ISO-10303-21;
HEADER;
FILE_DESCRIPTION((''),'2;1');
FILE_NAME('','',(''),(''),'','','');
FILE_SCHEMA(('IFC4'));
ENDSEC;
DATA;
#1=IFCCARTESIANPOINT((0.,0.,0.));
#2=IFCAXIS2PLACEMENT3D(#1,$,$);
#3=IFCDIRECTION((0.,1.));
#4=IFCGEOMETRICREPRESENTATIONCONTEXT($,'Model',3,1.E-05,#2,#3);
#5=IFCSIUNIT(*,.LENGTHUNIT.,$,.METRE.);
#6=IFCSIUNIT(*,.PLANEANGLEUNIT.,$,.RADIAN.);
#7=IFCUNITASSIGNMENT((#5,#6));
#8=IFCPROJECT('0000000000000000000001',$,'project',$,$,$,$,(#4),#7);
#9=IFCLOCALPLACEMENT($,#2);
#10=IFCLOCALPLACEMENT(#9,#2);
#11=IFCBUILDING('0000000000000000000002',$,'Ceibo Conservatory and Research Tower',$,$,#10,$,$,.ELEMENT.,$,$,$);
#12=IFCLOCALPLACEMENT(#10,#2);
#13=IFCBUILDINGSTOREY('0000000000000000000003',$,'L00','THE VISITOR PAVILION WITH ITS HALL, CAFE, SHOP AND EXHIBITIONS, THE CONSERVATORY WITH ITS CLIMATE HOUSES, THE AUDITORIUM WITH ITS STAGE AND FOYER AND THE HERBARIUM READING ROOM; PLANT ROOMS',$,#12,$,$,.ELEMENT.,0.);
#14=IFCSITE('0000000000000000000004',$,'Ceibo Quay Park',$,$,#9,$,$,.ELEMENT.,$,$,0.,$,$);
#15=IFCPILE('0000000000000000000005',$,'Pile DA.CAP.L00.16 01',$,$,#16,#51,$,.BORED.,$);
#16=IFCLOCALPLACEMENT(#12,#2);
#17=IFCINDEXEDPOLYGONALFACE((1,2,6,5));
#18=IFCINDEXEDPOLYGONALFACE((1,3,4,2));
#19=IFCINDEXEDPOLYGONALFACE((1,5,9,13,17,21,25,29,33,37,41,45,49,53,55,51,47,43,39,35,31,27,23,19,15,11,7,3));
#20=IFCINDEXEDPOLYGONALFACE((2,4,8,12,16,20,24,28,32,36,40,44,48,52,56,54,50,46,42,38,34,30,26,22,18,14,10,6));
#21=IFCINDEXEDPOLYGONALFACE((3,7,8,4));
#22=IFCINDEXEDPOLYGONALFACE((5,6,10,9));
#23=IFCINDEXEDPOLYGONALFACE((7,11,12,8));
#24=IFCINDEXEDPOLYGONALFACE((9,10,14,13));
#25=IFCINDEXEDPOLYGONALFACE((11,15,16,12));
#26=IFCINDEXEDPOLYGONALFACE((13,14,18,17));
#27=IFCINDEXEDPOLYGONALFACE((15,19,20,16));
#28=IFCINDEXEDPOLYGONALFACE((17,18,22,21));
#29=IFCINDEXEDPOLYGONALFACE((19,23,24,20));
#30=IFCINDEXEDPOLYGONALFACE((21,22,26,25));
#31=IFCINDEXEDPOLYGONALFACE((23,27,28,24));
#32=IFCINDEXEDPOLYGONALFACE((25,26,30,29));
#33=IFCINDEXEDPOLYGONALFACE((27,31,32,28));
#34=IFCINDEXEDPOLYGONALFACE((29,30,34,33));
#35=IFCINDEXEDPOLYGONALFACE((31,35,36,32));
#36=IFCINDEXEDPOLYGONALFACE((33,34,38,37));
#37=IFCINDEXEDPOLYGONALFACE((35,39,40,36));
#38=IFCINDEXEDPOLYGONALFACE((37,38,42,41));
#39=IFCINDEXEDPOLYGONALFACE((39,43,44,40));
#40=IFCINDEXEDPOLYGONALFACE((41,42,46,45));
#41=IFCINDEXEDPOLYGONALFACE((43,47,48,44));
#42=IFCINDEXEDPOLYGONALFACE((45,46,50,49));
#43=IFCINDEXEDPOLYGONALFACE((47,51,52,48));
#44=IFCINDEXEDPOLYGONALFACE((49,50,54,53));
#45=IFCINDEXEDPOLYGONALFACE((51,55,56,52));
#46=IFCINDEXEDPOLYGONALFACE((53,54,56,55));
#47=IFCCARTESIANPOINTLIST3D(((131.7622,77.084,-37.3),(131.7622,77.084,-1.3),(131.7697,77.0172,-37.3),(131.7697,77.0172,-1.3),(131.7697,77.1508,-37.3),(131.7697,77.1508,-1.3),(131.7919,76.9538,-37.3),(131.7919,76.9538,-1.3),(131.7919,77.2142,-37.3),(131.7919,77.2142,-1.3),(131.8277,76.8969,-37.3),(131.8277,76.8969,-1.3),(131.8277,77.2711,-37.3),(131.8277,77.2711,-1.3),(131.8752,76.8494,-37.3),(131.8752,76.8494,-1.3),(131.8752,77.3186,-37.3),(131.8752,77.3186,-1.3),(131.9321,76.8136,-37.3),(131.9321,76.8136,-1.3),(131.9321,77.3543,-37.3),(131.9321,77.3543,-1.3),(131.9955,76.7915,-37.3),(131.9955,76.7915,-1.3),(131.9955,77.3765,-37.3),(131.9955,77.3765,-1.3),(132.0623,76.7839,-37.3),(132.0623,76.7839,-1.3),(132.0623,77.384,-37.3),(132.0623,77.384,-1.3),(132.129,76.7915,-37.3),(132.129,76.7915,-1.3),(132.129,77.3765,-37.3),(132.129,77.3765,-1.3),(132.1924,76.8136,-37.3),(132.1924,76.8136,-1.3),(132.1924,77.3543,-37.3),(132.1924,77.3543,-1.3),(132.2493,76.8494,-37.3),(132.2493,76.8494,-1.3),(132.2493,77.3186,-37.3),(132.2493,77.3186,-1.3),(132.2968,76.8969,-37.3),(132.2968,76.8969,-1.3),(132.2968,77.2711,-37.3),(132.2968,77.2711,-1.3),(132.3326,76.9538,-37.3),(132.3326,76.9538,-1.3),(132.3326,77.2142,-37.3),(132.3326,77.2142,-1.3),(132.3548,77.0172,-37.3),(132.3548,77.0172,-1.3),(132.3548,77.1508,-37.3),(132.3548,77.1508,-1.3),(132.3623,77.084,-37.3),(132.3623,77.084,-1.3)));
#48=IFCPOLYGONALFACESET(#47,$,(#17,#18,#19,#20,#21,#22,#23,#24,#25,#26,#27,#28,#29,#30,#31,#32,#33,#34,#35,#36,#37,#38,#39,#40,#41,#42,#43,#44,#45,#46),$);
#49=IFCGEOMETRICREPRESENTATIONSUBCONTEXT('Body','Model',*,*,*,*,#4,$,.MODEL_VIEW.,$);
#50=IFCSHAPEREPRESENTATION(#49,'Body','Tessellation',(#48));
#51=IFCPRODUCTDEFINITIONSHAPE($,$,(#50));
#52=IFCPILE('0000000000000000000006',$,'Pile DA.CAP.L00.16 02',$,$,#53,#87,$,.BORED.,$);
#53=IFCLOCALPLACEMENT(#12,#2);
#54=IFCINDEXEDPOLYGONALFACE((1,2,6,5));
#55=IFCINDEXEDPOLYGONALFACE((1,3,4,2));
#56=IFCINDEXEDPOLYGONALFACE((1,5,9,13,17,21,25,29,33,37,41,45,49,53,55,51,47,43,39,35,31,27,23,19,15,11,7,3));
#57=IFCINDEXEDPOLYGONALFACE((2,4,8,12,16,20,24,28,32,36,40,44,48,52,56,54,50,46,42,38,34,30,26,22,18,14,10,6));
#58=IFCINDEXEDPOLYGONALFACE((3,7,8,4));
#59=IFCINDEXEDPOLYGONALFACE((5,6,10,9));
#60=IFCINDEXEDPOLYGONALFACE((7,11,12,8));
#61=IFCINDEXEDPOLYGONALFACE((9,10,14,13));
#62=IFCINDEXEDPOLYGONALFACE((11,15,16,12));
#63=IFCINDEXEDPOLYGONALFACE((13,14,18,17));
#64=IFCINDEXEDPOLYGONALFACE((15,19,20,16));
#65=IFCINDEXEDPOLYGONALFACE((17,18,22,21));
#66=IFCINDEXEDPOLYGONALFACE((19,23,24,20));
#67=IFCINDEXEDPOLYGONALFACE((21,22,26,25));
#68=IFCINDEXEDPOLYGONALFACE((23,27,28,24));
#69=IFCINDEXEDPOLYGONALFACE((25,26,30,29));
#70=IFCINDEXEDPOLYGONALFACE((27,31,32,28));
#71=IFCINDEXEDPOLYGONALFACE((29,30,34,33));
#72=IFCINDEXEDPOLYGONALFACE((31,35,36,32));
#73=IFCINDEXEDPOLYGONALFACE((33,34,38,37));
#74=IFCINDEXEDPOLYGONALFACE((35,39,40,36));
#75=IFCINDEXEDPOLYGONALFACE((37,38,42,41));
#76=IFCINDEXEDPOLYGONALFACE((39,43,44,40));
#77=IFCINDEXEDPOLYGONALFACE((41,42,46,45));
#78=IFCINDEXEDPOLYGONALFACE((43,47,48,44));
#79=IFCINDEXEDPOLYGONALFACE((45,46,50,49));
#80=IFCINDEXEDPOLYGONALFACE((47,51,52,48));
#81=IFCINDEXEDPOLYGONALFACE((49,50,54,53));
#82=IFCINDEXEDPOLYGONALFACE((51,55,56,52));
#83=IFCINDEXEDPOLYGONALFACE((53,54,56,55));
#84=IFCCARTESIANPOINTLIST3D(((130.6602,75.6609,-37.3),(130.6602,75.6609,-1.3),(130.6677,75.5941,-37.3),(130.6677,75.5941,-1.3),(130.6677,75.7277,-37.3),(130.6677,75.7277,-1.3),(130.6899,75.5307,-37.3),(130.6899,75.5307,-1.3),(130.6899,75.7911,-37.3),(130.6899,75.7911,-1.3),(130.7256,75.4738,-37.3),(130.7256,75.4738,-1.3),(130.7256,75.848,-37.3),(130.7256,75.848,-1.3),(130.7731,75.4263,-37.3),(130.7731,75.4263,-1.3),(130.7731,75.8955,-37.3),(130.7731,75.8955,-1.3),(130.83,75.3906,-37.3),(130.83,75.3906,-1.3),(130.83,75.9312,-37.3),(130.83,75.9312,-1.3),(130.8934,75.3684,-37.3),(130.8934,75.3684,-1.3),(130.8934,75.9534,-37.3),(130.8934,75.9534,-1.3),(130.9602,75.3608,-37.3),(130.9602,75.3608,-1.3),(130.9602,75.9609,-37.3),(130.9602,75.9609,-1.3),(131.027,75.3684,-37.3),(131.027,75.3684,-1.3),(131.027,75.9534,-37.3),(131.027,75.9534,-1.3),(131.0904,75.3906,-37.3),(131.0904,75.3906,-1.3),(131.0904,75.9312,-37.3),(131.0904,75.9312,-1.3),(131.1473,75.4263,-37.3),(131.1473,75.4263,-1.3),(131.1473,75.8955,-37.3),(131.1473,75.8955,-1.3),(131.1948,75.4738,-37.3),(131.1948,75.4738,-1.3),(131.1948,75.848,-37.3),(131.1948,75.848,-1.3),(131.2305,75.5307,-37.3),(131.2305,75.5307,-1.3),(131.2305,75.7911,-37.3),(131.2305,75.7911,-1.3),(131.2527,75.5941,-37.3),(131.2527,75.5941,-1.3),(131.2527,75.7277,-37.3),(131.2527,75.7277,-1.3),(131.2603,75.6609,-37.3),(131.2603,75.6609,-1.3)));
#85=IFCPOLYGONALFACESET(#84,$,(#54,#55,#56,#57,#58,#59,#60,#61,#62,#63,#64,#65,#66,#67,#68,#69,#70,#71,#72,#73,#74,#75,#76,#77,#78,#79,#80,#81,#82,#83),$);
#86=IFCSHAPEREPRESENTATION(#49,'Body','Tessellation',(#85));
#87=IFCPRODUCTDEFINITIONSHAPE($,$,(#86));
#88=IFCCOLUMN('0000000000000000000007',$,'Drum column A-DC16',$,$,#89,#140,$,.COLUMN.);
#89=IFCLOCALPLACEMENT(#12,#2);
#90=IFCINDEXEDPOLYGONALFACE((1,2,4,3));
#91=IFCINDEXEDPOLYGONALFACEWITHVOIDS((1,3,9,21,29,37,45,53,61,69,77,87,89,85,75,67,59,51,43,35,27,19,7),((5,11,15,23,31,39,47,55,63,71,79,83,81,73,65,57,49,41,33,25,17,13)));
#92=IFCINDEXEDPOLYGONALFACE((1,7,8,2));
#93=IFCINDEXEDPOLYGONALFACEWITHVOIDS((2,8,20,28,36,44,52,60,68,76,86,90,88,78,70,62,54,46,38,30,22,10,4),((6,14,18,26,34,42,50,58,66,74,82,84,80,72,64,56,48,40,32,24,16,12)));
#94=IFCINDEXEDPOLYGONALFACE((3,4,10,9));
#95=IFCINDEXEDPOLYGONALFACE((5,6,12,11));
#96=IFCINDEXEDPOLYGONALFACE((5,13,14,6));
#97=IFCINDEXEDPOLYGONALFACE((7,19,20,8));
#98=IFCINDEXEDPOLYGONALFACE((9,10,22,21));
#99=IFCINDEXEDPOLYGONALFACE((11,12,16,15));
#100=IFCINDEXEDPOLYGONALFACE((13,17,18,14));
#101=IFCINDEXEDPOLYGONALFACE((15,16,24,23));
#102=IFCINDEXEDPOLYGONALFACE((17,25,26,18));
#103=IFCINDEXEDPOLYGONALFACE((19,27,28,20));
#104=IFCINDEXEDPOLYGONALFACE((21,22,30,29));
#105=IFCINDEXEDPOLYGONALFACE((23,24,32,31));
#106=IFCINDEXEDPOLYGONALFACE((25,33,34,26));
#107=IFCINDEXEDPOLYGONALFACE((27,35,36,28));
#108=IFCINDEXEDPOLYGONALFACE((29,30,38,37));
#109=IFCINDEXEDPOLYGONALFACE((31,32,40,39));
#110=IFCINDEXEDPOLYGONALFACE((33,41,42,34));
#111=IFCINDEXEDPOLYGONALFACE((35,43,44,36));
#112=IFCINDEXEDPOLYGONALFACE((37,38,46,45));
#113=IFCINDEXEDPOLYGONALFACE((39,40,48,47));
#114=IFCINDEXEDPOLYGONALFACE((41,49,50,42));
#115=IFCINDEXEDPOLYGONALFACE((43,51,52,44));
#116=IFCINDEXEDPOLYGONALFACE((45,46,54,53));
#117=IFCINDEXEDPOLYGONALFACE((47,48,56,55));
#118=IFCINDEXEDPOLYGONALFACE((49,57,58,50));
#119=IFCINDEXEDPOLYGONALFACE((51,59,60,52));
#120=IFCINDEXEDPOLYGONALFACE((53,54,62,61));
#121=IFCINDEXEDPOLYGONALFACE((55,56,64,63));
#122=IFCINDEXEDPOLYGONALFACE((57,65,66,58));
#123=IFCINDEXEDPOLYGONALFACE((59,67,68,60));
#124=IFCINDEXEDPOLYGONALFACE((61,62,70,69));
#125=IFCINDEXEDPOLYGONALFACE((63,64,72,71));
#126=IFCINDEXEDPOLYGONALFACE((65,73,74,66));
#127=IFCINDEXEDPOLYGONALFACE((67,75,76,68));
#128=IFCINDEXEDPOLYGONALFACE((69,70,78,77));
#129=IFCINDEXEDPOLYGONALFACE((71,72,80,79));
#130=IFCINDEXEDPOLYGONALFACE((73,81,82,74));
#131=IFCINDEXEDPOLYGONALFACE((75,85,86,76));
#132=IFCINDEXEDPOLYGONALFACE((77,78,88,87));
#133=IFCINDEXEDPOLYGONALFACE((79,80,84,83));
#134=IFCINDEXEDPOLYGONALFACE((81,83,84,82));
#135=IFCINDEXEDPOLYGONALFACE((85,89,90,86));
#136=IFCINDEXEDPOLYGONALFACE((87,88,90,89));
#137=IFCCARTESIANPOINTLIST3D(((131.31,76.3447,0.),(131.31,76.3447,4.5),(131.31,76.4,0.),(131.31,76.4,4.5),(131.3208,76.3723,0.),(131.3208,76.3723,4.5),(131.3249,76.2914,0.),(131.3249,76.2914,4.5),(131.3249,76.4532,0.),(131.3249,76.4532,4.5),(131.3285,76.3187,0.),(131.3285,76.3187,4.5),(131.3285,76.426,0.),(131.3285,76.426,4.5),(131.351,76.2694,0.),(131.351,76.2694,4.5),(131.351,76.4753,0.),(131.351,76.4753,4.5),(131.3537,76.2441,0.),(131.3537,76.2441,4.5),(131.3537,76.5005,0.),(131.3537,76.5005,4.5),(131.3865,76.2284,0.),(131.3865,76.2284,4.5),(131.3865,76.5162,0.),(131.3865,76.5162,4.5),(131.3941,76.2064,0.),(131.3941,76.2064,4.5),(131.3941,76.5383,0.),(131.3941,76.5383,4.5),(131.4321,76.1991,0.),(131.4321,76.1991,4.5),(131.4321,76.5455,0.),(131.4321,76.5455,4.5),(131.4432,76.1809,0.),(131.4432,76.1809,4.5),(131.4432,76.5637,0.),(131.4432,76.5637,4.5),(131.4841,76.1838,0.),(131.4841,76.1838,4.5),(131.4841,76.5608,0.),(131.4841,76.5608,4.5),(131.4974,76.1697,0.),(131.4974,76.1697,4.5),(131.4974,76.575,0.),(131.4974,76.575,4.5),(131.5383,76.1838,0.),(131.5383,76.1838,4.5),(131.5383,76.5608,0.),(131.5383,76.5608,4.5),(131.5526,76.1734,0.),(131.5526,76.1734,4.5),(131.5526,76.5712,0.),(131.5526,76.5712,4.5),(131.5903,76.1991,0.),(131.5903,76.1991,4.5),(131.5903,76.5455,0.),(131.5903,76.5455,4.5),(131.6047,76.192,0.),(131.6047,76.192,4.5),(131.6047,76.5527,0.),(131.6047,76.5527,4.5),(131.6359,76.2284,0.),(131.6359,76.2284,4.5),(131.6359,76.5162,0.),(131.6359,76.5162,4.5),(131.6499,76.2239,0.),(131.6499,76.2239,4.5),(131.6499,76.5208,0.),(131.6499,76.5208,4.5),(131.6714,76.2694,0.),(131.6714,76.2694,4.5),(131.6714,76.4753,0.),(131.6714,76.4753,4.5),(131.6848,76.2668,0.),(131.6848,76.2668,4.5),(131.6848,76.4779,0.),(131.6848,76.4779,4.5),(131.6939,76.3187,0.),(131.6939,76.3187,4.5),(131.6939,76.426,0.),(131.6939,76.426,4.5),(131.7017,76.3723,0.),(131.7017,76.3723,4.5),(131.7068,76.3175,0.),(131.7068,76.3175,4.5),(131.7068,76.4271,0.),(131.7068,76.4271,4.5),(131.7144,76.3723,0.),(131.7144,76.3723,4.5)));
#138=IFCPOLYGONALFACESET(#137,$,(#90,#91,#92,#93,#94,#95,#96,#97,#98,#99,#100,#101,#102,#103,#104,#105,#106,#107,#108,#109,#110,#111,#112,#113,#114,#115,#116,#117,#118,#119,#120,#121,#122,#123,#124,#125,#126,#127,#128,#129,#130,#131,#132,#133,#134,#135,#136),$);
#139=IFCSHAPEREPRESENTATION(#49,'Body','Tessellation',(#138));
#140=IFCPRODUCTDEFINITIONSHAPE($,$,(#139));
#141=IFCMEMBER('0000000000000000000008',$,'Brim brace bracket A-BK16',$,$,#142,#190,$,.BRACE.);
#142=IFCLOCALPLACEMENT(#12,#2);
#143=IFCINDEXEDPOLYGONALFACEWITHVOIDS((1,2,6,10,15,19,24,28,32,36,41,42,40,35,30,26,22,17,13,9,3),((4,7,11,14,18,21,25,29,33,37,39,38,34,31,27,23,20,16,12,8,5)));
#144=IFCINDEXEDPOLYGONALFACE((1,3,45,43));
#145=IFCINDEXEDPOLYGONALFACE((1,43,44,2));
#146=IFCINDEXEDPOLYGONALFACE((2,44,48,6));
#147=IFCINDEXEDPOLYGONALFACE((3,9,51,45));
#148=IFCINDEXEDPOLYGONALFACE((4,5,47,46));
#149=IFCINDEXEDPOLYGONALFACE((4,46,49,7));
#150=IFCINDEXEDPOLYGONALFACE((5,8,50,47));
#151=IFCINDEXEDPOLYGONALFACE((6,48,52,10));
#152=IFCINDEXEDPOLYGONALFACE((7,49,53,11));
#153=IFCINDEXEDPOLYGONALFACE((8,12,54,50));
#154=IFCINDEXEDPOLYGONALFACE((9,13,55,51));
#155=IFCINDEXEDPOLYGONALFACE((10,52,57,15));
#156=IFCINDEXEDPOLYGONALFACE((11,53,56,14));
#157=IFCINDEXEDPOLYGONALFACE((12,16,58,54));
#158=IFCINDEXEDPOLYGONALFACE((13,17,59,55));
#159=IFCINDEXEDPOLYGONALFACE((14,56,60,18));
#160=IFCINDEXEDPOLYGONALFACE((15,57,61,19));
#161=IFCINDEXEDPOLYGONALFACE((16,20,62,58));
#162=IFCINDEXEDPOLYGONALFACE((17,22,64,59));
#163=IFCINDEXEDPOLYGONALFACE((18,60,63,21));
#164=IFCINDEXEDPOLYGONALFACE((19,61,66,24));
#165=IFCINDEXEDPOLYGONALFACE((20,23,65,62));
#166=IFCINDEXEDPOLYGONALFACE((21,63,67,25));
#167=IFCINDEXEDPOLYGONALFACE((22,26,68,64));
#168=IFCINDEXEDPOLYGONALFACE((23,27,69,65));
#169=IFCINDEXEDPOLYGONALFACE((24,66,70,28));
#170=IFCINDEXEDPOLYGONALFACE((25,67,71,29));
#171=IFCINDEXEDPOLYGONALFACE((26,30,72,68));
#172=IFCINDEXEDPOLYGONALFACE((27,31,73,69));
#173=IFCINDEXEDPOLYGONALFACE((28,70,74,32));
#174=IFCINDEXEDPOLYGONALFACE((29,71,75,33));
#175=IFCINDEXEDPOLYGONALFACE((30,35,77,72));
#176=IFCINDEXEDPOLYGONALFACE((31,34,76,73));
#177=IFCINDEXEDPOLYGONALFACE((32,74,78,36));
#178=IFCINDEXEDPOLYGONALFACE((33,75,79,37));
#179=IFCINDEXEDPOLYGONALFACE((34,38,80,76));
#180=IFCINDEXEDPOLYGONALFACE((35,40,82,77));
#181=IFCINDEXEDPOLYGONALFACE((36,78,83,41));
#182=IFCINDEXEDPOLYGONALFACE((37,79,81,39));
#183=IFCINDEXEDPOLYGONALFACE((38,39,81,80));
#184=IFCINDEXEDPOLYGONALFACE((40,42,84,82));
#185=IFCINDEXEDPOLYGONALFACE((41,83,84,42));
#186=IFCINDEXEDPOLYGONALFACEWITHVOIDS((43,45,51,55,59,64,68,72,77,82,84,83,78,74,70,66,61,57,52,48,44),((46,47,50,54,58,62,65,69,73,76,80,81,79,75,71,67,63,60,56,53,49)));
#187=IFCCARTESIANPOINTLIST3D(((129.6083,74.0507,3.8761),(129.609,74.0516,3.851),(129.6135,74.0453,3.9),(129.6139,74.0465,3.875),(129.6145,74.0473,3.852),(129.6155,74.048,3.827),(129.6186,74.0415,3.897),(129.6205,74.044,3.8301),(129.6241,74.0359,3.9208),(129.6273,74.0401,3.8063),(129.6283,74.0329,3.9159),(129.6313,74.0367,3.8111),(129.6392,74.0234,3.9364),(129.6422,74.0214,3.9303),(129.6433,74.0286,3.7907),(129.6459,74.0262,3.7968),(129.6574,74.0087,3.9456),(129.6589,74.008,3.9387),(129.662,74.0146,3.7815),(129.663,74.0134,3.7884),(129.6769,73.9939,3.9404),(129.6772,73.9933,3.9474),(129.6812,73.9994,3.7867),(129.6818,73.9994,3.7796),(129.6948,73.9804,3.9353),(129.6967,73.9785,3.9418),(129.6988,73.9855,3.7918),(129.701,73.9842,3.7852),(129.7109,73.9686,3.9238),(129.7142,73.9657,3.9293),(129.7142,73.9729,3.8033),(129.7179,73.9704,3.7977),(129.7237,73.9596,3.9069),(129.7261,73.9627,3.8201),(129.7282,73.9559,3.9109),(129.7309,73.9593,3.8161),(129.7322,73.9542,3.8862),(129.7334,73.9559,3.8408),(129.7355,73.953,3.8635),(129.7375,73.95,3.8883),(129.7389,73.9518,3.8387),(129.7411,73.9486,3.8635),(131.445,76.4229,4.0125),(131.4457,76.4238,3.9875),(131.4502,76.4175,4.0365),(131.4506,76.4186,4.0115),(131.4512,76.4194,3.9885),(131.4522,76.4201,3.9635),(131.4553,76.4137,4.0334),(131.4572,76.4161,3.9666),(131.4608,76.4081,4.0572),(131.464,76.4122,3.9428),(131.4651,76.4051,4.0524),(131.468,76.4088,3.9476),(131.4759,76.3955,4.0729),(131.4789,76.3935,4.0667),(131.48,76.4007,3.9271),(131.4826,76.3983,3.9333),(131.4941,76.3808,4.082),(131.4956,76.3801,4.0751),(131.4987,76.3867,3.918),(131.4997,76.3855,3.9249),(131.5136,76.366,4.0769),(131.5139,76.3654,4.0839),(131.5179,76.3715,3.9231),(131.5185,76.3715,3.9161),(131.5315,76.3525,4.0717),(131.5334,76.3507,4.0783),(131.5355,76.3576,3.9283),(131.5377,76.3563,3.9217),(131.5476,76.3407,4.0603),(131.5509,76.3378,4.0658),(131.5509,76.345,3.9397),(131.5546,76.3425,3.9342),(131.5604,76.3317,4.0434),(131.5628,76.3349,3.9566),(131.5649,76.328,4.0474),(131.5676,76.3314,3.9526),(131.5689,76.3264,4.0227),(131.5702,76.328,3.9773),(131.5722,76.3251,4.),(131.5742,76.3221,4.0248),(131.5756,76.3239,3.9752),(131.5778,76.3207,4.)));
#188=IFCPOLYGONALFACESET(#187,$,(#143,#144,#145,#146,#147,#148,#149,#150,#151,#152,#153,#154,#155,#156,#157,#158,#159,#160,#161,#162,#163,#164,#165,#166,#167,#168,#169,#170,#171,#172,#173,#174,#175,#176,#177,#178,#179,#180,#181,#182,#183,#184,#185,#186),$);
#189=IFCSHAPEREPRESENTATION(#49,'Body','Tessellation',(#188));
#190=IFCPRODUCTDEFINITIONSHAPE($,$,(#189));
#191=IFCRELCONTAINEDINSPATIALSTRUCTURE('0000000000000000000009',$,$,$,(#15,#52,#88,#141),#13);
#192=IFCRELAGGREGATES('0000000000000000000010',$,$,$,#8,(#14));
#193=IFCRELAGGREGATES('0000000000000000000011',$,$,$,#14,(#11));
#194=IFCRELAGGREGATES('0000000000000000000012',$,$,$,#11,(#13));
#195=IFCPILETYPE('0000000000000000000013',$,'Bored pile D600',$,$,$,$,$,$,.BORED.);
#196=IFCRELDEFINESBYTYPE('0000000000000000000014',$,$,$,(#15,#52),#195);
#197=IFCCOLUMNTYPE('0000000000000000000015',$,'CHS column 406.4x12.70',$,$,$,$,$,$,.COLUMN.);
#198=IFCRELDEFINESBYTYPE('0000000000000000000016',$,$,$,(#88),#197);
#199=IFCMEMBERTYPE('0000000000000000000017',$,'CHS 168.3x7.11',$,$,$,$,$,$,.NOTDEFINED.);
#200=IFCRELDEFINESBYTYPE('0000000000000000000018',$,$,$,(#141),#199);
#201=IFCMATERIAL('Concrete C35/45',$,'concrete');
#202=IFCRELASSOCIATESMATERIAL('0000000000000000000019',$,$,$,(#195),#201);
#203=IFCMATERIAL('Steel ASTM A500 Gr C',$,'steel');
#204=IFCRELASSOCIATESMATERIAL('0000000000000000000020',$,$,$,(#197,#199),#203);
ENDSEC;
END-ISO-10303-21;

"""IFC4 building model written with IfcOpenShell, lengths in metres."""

from ifc_helpers import new_model, si_unit, direction, frame, origin, origin_2d, place, context, subcontext, project, spatial, circle, hollow_circle, extrude, material, material_profile, profile_set, type_object, element, save


model = new_model("IFC4")

# Units and contexts
model_context = context("Model", 3, precision=1e-05, world=origin(), true_north=direction((0.0, 1.0)))
body_context = subcontext(model_context, "Body", "Model", "MODEL_VIEW")
ifc_project = project(units=[si_unit("LENGTHUNIT", "METRE"), si_unit("PLANEANGLEUNIT", "RADIAN")], contexts=[model_context])

# Site, building, storey
site_placement = place(None, origin())
site = spatial("IfcSite", under=ifc_project, at=site_placement, Name="Ceibo Quay Park", CompositionType="ELEMENT", RefElevation=0.0)
building_placement = place(site_placement, origin())
building = spatial("IfcBuilding", under=site, at=building_placement, Name="Ceibo Conservatory and Research Tower", CompositionType="ELEMENT")
storey_placement = place(building_placement, origin())
storey = spatial("IfcBuildingStorey", under=building, at=storey_placement, Name="L00", Description="THE VISITOR PAVILION WITH ITS HALL, CAFE, SHOP AND EXHIBITIONS, THE CONSERVATORY WITH ITS CLIMATE HOUSES, THE AUDITORIUM WITH ITS STAGE AND FOYER AND THE HERBARIUM READING ROOM; PLANT ROOMS", CompositionType="ELEMENT", Elevation=0.0)

# Piles
ifc_material_1 = material(Name="Concrete C35/45", Category="concrete")
ifc_material_profile_1 = material_profile(ifc_material_1, circle(Radius=0.3, at=origin_2d()), Name="RC D600")
ifc_profile_set_1 = profile_set([ifc_material_profile_1], Name="Concrete C35/45")
pile_type = type_object("IfcPileType", Name="Bored pile D600", PredefinedType="BORED", material=ifc_profile_set_1)
for number, where, z_axis, x_axis, name in (
    (1, (132.0623, 77.084, -1.3), (0.0, 0.0, -1.0), (1.0, 0.0, 0.0), "Pile DA.CAP.L00.16 01"),
    (2, (130.9602, 75.6609, -1.3), (0.0, 0.0, -1.0), (1.0, 0.0, 0.0), "Pile DA.CAP.L00.16 02"),
):
    element("IfcPile", number, at=place(storey_placement, frame(where, z_axis=z_axis, x_axis=x_axis)), inside=storey, type_object=pile_type, Name=name, PredefinedType="BORED", context=body_context, shape_type="SweptSolid", body=[
        extrude(circle(Radius=0.3, at=origin_2d()), origin(), (0.0, 0.0, 1.0), 36.0),
    ])

# Column
ifc_material_2 = material(Name="Steel ASTM A500 Gr C", Category="steel")
ifc_material_profile_2 = material_profile(ifc_material_2, hollow_circle(Radius=0.2031, WallThickness=0.0127, at=origin_2d()), Name="CHS column 406.4x12.70")
ifc_profile_set_2 = profile_set([ifc_material_profile_2], Name="Steel ASTM A500 Gr C")
column_type = type_object("IfcColumnType", Name="CHS column 406.4x12.70", PredefinedType="COLUMN", material=ifc_profile_set_2)
column_placement = place(storey_placement, frame((131.5112, 76.3723, 0.0), z_axis=(0.0, 0.0, 1.0), x_axis=(1.0, 0.0, 0.0)))
element("IfcColumn", 3, at=column_placement, inside=storey, type_object=column_type, Name="Drum column A-DC16", PredefinedType="COLUMN", context=body_context, shape_type="SweptSolid", body=[
    extrude(hollow_circle(Radius=0.2031, WallThickness=0.0127, at=origin_2d()), origin(), (0.0, 0.0, 1.0), 4.5),
])

# Member
ifc_material_profile_3 = material_profile(ifc_material_2, hollow_circle(Radius=0.0842, WallThickness=0.0071, at=origin_2d()), Name="CHS 168.3x7.11")
ifc_profile_set_3 = profile_set([ifc_material_profile_3], Name="Steel ASTM A500 Gr C")
member_type_1 = type_object("IfcMemberType", Name="CHS 168.3x7.11", PredefinedType="NOTDEFINED", material=ifc_profile_set_3)
member_1_placement = place(storey_placement, frame((131.5112, 76.3723, 4.0), z_axis=(-0.611588, -0.78987, -0.045444), x_axis=(0.790687, -0.612221, 0.0)))
element("IfcMember", 4, at=member_1_placement, inside=storey, type_object=member_type_1, Name="Brim brace bracket A-BK16", PredefinedType="BRACE", context=body_context, shape_type="SweptSolid", body=[
    extrude(hollow_circle(Radius=0.0842, WallThickness=0.0071, at=origin_2d()), origin(), (0.0, 0.0, 1.0), 3.0032),
])

save(model, "model.ifc")
